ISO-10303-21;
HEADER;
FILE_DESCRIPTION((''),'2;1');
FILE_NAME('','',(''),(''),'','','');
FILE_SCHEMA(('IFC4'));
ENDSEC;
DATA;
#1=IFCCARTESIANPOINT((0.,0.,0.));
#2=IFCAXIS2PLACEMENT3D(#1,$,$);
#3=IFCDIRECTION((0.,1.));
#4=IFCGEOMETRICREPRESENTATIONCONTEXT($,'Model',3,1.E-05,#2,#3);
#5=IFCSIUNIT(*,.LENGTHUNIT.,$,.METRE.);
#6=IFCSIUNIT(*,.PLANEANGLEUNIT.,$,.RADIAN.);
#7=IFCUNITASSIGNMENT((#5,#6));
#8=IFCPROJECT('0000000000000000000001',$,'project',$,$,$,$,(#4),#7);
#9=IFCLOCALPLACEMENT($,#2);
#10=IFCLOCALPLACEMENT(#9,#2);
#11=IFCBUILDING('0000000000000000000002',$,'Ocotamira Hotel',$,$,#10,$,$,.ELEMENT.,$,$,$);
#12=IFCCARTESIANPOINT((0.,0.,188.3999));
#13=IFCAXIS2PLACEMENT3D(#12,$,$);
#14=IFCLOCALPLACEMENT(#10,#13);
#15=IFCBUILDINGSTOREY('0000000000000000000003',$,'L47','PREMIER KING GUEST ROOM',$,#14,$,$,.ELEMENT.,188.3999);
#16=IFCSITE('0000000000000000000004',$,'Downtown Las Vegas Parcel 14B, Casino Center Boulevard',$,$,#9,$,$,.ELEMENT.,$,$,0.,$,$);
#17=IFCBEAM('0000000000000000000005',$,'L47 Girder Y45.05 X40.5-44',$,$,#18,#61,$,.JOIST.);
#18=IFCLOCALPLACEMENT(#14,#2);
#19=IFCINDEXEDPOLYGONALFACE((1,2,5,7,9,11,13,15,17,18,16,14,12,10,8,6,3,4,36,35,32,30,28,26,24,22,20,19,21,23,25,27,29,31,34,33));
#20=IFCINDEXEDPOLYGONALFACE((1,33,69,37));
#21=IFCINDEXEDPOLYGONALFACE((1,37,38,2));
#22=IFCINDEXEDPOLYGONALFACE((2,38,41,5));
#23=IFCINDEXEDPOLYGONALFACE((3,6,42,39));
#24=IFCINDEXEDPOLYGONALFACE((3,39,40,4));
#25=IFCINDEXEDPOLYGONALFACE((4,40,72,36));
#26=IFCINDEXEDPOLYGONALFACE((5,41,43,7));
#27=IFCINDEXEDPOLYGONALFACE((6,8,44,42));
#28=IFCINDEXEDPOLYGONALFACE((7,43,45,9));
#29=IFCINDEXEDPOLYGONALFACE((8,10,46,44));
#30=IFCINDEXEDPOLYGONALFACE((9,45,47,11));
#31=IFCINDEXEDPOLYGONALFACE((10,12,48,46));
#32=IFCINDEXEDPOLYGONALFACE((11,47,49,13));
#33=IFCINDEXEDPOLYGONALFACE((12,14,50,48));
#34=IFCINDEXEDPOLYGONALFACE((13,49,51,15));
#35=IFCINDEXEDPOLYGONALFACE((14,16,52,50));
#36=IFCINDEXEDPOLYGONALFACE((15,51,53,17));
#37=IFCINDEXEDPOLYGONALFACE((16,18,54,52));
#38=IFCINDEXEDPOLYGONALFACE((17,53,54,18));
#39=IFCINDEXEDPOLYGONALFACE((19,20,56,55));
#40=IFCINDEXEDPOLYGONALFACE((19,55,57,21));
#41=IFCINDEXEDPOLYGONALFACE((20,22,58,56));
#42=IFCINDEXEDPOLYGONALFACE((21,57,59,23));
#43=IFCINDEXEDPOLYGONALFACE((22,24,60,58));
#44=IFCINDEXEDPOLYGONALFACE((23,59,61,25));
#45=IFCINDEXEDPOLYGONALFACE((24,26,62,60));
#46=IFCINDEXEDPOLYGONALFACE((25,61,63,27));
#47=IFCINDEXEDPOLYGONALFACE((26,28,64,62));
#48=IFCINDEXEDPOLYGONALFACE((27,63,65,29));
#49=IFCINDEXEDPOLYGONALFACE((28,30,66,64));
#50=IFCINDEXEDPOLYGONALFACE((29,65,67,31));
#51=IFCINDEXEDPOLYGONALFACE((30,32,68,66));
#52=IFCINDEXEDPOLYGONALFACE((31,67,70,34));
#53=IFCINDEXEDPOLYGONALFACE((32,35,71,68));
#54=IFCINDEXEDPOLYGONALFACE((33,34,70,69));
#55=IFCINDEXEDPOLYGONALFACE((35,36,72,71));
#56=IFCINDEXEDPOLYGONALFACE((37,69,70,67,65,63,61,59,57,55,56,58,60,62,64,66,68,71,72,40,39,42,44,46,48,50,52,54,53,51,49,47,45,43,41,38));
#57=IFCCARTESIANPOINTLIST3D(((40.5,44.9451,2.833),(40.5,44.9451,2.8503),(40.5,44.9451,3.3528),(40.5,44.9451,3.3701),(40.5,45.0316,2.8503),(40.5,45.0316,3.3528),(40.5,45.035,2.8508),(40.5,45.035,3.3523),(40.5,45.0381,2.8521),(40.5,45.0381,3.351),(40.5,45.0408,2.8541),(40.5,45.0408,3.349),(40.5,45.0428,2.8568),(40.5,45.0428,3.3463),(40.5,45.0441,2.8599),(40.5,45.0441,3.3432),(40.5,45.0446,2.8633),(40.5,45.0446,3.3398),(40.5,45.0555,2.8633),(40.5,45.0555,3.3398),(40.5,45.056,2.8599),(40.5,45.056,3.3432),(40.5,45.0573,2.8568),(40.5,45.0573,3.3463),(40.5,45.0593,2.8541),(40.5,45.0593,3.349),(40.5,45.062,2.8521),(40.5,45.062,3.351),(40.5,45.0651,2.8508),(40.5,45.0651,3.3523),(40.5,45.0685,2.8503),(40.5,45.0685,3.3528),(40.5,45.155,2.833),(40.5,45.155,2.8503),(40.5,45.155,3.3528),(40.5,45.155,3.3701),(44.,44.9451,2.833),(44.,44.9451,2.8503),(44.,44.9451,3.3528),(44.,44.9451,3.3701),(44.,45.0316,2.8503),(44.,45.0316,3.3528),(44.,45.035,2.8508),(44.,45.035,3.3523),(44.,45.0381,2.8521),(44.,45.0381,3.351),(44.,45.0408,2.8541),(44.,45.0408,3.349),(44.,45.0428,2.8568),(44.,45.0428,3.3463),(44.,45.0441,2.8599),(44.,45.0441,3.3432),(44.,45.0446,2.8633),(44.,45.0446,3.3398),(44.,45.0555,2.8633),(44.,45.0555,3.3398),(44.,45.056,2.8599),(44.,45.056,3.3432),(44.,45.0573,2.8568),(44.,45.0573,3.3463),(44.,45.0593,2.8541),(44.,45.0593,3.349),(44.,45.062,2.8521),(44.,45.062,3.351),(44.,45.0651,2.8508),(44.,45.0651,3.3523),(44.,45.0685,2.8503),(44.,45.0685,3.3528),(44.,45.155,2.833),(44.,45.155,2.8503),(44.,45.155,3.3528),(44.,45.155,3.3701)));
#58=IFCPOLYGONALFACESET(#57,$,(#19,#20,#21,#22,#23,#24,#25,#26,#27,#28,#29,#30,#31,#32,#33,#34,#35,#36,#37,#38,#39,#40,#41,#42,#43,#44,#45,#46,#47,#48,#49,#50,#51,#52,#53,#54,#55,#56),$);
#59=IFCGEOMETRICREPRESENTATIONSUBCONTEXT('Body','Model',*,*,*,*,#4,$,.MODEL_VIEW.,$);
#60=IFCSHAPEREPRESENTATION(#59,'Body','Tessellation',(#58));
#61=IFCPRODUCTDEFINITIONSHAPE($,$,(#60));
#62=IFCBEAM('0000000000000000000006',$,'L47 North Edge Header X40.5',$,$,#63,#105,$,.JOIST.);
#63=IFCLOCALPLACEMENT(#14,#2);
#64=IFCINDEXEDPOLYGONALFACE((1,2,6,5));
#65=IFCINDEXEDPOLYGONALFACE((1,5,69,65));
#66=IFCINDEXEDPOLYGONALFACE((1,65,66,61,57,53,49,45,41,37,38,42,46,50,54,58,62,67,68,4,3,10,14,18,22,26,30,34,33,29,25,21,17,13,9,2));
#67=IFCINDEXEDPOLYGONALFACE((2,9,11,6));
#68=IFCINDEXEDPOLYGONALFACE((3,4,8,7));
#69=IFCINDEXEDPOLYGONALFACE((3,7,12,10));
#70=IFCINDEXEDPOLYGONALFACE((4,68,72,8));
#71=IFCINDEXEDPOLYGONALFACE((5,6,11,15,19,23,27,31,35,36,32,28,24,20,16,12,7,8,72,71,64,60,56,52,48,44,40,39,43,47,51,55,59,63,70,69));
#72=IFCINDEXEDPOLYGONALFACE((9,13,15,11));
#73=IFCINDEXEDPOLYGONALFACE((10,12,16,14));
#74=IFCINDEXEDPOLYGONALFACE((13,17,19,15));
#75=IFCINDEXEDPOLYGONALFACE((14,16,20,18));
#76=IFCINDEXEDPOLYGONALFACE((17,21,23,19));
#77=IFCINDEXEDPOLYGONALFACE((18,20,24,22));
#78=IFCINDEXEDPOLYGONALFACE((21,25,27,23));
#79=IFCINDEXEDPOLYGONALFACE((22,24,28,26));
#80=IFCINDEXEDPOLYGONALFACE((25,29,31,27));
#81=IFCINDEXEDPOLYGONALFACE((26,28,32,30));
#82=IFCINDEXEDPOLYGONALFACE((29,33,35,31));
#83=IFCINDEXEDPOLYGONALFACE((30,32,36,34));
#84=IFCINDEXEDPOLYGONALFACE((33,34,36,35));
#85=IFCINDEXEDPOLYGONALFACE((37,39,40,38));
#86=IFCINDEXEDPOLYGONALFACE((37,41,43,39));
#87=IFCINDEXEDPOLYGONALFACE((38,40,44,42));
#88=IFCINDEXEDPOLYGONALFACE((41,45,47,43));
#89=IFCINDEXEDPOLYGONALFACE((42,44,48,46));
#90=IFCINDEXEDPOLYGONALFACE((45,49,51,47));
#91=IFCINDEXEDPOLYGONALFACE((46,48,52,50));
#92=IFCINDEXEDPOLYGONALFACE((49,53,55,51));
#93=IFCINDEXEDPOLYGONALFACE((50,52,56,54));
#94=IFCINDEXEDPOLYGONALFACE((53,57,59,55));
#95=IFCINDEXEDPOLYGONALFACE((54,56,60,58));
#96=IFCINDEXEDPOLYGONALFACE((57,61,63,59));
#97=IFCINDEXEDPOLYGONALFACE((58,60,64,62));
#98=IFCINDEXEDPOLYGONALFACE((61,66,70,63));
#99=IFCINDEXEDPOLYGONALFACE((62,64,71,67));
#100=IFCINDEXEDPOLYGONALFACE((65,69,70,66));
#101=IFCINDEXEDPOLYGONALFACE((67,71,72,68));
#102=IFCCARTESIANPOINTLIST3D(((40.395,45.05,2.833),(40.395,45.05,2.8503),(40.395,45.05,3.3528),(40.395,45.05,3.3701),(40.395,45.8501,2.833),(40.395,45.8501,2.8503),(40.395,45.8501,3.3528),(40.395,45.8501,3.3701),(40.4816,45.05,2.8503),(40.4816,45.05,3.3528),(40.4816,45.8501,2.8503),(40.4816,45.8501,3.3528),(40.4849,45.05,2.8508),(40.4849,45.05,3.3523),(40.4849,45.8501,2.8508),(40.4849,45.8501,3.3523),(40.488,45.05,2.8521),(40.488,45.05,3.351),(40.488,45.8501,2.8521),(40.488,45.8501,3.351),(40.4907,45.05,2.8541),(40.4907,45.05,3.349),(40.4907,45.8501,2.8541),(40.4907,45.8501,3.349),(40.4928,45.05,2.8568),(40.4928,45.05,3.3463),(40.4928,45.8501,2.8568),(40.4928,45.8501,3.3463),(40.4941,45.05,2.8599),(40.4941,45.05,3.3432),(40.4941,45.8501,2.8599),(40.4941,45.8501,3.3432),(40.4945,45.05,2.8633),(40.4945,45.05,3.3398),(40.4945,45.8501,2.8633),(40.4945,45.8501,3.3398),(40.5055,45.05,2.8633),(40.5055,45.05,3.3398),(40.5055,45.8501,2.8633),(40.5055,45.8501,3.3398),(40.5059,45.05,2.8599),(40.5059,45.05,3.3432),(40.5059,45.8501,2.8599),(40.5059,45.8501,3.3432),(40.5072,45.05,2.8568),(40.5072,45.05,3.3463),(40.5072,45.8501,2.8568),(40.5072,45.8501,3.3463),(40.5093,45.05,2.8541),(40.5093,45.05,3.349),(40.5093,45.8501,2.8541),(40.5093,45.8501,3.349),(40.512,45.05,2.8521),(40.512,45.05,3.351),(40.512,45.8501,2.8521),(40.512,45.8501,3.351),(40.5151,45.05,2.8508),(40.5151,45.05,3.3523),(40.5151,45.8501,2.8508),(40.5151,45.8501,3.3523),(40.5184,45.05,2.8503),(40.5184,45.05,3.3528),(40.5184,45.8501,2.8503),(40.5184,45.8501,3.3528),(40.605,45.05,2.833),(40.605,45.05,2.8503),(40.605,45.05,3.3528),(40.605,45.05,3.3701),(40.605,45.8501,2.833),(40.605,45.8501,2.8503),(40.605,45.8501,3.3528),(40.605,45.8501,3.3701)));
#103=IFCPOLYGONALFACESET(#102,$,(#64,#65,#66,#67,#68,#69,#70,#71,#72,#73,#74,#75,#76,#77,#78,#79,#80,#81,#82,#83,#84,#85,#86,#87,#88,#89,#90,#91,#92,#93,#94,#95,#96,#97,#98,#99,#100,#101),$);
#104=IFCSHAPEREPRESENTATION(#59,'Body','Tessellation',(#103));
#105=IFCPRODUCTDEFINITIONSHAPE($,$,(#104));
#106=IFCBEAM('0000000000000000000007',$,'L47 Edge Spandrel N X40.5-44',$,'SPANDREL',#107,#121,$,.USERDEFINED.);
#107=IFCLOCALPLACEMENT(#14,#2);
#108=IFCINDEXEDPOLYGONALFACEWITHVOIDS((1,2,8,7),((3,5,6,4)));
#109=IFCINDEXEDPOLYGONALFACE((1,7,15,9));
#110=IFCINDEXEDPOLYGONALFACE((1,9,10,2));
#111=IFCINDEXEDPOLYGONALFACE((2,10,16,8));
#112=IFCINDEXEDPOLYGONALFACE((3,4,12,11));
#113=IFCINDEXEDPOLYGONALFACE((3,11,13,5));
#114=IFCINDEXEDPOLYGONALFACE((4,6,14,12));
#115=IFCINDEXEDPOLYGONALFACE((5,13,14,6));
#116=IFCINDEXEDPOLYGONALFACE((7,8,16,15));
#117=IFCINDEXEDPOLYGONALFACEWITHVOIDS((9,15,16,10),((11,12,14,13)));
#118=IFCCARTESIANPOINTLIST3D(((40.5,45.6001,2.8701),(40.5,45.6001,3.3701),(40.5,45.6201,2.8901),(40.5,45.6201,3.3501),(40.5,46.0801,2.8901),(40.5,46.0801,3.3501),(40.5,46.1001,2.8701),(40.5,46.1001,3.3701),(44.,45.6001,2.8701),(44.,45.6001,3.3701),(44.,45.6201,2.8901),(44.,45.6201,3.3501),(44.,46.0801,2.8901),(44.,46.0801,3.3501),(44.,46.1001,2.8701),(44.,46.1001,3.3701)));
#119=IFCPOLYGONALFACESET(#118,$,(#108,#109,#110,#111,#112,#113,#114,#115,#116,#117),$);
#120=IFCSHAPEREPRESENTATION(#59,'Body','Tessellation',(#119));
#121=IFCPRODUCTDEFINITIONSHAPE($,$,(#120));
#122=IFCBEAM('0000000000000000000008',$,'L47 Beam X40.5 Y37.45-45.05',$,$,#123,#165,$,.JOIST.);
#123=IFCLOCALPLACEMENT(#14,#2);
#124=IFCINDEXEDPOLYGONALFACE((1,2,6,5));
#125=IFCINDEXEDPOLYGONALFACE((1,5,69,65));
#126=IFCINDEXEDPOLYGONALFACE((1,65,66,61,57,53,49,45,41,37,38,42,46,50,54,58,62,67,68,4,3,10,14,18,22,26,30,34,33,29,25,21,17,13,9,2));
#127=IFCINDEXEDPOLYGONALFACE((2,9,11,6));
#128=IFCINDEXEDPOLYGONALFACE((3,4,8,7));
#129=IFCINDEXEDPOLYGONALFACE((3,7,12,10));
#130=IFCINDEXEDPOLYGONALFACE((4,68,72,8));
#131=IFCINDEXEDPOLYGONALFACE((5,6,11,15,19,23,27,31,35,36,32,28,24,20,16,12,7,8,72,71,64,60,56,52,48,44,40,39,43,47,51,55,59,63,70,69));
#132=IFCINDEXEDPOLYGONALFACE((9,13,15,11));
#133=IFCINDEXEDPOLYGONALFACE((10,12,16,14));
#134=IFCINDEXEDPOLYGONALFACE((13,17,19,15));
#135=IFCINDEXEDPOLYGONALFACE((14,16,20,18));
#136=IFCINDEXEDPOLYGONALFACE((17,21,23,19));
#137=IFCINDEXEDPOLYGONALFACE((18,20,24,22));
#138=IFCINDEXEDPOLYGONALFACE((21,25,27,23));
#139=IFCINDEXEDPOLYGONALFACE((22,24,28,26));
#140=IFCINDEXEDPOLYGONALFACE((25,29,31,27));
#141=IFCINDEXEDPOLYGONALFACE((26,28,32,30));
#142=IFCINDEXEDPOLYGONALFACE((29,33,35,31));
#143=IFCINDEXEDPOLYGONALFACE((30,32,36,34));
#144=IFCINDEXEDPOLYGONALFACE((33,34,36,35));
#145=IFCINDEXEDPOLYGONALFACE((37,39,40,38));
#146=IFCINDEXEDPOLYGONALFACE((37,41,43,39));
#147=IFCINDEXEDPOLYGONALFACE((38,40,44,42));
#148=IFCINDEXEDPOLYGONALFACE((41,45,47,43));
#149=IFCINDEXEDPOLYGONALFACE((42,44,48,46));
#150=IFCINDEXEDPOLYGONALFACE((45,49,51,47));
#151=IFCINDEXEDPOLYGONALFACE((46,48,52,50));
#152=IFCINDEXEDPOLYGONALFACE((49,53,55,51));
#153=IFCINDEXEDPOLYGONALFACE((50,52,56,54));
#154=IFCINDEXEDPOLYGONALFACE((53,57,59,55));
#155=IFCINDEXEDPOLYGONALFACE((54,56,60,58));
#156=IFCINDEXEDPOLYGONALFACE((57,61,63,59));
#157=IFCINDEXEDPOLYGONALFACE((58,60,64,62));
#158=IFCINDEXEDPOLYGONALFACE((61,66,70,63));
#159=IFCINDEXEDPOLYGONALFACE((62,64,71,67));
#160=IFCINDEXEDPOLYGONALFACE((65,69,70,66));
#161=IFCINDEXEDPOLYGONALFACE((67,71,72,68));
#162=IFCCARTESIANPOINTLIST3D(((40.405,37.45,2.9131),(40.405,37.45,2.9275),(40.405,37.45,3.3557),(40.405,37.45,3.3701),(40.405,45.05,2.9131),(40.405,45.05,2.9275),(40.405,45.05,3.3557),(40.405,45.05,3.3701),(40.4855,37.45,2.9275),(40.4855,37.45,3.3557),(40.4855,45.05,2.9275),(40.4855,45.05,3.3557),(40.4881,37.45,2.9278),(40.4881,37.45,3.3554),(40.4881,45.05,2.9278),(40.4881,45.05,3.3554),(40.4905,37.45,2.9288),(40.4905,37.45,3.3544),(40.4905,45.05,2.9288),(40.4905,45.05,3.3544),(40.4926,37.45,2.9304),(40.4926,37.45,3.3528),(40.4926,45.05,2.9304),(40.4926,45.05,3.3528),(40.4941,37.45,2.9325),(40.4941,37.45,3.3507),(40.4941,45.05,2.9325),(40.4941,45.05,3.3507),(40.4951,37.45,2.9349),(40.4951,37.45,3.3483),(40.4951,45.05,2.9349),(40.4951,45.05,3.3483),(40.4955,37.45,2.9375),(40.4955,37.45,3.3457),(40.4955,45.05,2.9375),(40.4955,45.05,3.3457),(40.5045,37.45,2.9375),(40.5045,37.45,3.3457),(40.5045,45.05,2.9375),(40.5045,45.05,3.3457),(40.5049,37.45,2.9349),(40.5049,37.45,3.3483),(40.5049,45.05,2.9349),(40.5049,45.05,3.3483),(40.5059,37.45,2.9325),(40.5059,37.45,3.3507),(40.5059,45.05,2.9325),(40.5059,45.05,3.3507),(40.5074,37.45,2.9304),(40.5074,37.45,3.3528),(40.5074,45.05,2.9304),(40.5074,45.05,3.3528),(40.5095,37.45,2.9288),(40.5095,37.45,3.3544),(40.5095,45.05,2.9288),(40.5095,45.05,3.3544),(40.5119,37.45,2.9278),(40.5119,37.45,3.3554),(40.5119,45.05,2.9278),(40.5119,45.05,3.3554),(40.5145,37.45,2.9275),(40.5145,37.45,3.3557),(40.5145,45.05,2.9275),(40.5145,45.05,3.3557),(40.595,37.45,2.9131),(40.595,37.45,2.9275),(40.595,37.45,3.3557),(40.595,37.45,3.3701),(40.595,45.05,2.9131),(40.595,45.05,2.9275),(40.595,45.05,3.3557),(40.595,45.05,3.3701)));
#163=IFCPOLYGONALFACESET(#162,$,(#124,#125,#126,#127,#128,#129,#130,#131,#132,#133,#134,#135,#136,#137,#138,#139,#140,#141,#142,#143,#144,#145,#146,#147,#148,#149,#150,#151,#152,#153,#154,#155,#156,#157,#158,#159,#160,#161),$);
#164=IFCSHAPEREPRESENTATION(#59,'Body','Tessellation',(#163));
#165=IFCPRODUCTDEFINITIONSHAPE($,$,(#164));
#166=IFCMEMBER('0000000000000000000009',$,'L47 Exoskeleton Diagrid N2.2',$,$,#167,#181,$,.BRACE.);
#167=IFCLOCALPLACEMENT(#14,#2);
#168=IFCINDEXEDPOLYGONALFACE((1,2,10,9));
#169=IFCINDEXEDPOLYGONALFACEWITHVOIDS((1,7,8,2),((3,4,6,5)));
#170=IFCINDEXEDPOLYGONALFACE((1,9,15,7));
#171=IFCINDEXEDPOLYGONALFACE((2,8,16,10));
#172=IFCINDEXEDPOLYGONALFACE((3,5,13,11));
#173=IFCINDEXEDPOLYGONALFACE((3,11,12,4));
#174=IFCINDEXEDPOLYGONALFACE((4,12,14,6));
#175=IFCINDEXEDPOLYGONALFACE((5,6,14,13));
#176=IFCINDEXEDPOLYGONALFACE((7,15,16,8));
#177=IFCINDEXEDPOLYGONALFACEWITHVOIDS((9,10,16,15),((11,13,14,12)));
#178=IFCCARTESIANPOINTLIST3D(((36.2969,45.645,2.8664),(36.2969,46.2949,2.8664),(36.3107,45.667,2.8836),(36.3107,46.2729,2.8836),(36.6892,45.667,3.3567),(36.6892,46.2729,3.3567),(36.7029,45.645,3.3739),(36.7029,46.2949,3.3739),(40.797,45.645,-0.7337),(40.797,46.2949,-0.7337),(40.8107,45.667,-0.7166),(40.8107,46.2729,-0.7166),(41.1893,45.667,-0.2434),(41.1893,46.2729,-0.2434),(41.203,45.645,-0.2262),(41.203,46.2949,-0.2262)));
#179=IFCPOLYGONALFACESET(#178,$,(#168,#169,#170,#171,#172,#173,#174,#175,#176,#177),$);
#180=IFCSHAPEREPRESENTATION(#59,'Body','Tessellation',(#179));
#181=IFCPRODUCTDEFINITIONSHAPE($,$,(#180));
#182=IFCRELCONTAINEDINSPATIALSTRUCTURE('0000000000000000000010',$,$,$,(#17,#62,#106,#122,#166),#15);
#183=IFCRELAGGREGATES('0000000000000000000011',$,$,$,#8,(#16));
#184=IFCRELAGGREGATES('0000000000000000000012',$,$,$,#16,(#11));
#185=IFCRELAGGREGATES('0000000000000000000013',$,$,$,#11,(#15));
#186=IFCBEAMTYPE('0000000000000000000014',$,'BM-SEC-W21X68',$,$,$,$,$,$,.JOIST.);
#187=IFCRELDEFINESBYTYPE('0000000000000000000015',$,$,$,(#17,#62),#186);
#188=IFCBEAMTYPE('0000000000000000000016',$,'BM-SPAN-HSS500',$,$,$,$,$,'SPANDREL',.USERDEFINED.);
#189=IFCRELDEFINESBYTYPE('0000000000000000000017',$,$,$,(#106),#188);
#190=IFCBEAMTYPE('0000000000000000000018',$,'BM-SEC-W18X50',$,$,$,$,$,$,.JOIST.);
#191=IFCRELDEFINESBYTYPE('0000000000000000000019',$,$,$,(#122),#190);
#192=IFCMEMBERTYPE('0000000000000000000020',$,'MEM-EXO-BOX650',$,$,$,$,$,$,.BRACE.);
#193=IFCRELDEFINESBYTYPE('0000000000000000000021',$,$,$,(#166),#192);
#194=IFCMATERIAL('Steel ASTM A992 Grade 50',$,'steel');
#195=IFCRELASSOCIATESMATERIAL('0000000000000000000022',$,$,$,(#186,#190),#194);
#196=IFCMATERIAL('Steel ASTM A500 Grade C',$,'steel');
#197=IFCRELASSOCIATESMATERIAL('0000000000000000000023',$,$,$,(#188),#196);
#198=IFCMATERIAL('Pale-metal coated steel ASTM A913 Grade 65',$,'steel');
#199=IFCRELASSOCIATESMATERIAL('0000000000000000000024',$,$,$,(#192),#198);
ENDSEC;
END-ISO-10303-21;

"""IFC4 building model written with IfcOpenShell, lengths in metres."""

from ifc_helpers import new_model, si_unit, direction, frame, origin, origin_2d, place, context, subcontext, project, spatial, hollow_rectangle, i_section, extrude, source, transform, mapped, material, material_profile, profile_set, type_object, element, save


model = new_model("IFC4")

# Units and contexts
model_context = context("Model", 3, precision=1e-05, world=origin(), true_north=direction((0.0, 1.0)))
body_context = subcontext(model_context, "Body", "Model", "MODEL_VIEW")
ifc_project = project(units=[si_unit("LENGTHUNIT", "METRE"), si_unit("PLANEANGLEUNIT", "RADIAN")], contexts=[model_context])

# Site, building, storey
site_placement = place(None, origin())
site = spatial("IfcSite", under=ifc_project, at=site_placement, Name="Downtown Las Vegas Parcel 14B, Casino Center Boulevard", CompositionType="ELEMENT", RefElevation=0.0)
building_placement = place(site_placement, origin())
building = spatial("IfcBuilding", under=site, at=building_placement, Name="Ocotamira Hotel", CompositionType="ELEMENT")
storey_placement = place(building_placement, frame((0.0, 0.0, 188.3999)))
storey = spatial("IfcBuildingStorey", under=building, at=storey_placement, Name="L47", Description="PREMIER KING GUEST ROOM", CompositionType="ELEMENT", Elevation=188.3999)

# Beams
ifc_material_1 = material(Name="Steel ASTM A992 Grade 50", Category="steel")
ifc_material_profile_1 = material_profile(ifc_material_1, i_section(OverallWidth=0.21, OverallDepth=0.5371, WebThickness=0.011, FlangeThickness=0.0173, FilletRadius=0.0129, at=origin_2d()), Name="W21X68")
ifc_profile_set_1 = profile_set([ifc_material_profile_1], Name="Steel ASTM A992 Grade 50")
beam_type_1 = type_object("IfcBeamType", Name="BM-SEC-W21X68", PredefinedType="JOIST", material=ifc_profile_set_1)
shared_shape_1 = source(origin(), body_context, "Body", "SweptSolid", [
    extrude(i_section(OverallWidth=0.21, OverallDepth=0.5371, WebThickness=0.011, FlangeThickness=0.0173, FilletRadius=0.0129, at=origin_2d()), origin(), (0.0, 0.0, 1.0), 3.5),
])
beam_1_placement = place(storey_placement, frame((40.5, 45.05, 3.1016), z_axis=(1.0, 0.0, 0.0), x_axis=(0.0, 1.0, 0.0)))
element("IfcBeam", 1, at=beam_1_placement, inside=storey, type_object=beam_type_1, Name="L47 Girder Y45.05 X40.5-44", PredefinedType="JOIST", context=body_context, shape_type="MappedRepresentation", body=[
    mapped(shared_shape_1, transform((0.0, 0.0, 0.0), scale=1.0)),
])
shared_shape_2 = source(origin(), body_context, "Body", "SweptSolid", [
    extrude(i_section(OverallWidth=0.21, OverallDepth=0.5371, WebThickness=0.011, FlangeThickness=0.0173, FilletRadius=0.0129, at=origin_2d()), origin(), (0.0, 0.0, 1.0), 0.8),
])
beam_2_placement = place(storey_placement, frame((40.5, 45.05, 3.1016), z_axis=(0.0, 1.0, 0.0), x_axis=(-1.0, 0.0, 0.0)))
element("IfcBeam", 2, at=beam_2_placement, inside=storey, type_object=beam_type_1, Name="L47 North Edge Header X40.5", PredefinedType="JOIST", context=body_context, shape_type="MappedRepresentation", body=[
    mapped(shared_shape_2, transform((0.0, 0.0, 0.0), scale=1.0)),
])
ifc_material_2 = material(Name="Steel ASTM A500 Grade C", Category="steel")
ifc_material_profile_2 = material_profile(ifc_material_2, hollow_rectangle(XDim=0.5, YDim=0.5, WallThickness=0.02, at=origin_2d()), Name="HSS500X500X20")
ifc_profile_set_2 = profile_set([ifc_material_profile_2], Name="Steel ASTM A500 Grade C")
beam_type_2 = type_object("IfcBeamType", Name="BM-SPAN-HSS500", ElementType="SPANDREL", PredefinedType="USERDEFINED", material=ifc_profile_set_2)
shared_shape_3 = source(origin(), body_context, "Body", "SweptSolid", [
    extrude(hollow_rectangle(XDim=0.5, YDim=0.5, WallThickness=0.02, at=origin_2d()), origin(), (0.0, 0.0, 1.0), 3.5),
])
beam_3_placement = place(storey_placement, frame((40.5, 45.8501, 3.1201), z_axis=(1.0, 0.0, 0.0), x_axis=(0.0, 1.0, 0.0)))
element("IfcBeam", 3, at=beam_3_placement, inside=storey, type_object=beam_type_2, Name="L47 Edge Spandrel N X40.5-44", ObjectType="SPANDREL", PredefinedType="USERDEFINED", context=body_context, shape_type="MappedRepresentation", body=[
    mapped(shared_shape_3, transform((0.0, 0.0, 0.0), scale=1.0)),
])
ifc_material_profile_3 = material_profile(ifc_material_1, i_section(OverallWidth=0.1899, OverallDepth=0.457, WebThickness=0.009, FlangeThickness=0.0144, FilletRadius=0.01, at=origin_2d()), Name="W18X50")
ifc_profile_set_3 = profile_set([ifc_material_profile_3], Name="Steel ASTM A992 Grade 50")
beam_type_3 = type_object("IfcBeamType", Name="BM-SEC-W18X50", PredefinedType="JOIST", material=ifc_profile_set_3)
shared_shape_4 = source(origin(), body_context, "Body", "SweptSolid", [
    extrude(i_section(OverallWidth=0.1899, OverallDepth=0.457, WebThickness=0.009, FlangeThickness=0.0144, FilletRadius=0.01, at=origin_2d()), origin(), (0.0, 0.0, 1.0), 7.6001),
])
beam_4_placement = place(storey_placement, frame((40.5, 37.45, 3.1416), z_axis=(0.0, 1.0, 0.0), x_axis=(-1.0, 0.0, 0.0)))
element("IfcBeam", 4, at=beam_4_placement, inside=storey, type_object=beam_type_3, Name="L47 Beam X40.5 Y37.45-45.05", PredefinedType="JOIST", context=body_context, shape_type="MappedRepresentation", body=[
    mapped(shared_shape_4, transform((0.0, 0.0, 0.0), scale=1.0)),
])

# Member
ifc_material_3 = material(Name="Pale-metal coated steel ASTM A913 Grade 65", Category="steel")
ifc_material_profile_4 = material_profile(ifc_material_3, hollow_rectangle(XDim=0.6499, YDim=0.6499, WallThickness=0.022, at=origin_2d()), Name="BOX650X650X22")
ifc_profile_set_4 = profile_set([ifc_material_profile_4], Name="Pale-metal coated steel ASTM A913 Grade 65")
member_type_1 = type_object("IfcMemberType", Name="MEM-EXO-BOX650", PredefinedType="BRACE", material=ifc_profile_set_4)
shared_shape_5 = source(origin(), body_context, "Body", "SweptSolid", [
    extrude(hollow_rectangle(XDim=0.6499, YDim=0.6499, WallThickness=0.022, at=origin_2d()), origin(), (0.0, 0.0, 1.0), 5.7629),
])
for number, where, z_axis, x_axis, name in (
    (5, (41.0, 45.97, -0.48), (-0.780861, 0.0, 0.624705), (0.0, -1.0, 0.0), "L47 Exoskeleton Diagrid N2.2"),
):
    element("IfcMember", number, at=place(storey_placement, frame(where, z_axis=z_axis, x_axis=x_axis)), inside=storey, type_object=member_type_1, Name=name, PredefinedType="BRACE", context=body_context, shape_type="MappedRepresentation", body=[
        mapped(shared_shape_5, transform((0.0, 0.0, 0.0), scale=1.0)),
    ])

save(model, "model.ifc")
